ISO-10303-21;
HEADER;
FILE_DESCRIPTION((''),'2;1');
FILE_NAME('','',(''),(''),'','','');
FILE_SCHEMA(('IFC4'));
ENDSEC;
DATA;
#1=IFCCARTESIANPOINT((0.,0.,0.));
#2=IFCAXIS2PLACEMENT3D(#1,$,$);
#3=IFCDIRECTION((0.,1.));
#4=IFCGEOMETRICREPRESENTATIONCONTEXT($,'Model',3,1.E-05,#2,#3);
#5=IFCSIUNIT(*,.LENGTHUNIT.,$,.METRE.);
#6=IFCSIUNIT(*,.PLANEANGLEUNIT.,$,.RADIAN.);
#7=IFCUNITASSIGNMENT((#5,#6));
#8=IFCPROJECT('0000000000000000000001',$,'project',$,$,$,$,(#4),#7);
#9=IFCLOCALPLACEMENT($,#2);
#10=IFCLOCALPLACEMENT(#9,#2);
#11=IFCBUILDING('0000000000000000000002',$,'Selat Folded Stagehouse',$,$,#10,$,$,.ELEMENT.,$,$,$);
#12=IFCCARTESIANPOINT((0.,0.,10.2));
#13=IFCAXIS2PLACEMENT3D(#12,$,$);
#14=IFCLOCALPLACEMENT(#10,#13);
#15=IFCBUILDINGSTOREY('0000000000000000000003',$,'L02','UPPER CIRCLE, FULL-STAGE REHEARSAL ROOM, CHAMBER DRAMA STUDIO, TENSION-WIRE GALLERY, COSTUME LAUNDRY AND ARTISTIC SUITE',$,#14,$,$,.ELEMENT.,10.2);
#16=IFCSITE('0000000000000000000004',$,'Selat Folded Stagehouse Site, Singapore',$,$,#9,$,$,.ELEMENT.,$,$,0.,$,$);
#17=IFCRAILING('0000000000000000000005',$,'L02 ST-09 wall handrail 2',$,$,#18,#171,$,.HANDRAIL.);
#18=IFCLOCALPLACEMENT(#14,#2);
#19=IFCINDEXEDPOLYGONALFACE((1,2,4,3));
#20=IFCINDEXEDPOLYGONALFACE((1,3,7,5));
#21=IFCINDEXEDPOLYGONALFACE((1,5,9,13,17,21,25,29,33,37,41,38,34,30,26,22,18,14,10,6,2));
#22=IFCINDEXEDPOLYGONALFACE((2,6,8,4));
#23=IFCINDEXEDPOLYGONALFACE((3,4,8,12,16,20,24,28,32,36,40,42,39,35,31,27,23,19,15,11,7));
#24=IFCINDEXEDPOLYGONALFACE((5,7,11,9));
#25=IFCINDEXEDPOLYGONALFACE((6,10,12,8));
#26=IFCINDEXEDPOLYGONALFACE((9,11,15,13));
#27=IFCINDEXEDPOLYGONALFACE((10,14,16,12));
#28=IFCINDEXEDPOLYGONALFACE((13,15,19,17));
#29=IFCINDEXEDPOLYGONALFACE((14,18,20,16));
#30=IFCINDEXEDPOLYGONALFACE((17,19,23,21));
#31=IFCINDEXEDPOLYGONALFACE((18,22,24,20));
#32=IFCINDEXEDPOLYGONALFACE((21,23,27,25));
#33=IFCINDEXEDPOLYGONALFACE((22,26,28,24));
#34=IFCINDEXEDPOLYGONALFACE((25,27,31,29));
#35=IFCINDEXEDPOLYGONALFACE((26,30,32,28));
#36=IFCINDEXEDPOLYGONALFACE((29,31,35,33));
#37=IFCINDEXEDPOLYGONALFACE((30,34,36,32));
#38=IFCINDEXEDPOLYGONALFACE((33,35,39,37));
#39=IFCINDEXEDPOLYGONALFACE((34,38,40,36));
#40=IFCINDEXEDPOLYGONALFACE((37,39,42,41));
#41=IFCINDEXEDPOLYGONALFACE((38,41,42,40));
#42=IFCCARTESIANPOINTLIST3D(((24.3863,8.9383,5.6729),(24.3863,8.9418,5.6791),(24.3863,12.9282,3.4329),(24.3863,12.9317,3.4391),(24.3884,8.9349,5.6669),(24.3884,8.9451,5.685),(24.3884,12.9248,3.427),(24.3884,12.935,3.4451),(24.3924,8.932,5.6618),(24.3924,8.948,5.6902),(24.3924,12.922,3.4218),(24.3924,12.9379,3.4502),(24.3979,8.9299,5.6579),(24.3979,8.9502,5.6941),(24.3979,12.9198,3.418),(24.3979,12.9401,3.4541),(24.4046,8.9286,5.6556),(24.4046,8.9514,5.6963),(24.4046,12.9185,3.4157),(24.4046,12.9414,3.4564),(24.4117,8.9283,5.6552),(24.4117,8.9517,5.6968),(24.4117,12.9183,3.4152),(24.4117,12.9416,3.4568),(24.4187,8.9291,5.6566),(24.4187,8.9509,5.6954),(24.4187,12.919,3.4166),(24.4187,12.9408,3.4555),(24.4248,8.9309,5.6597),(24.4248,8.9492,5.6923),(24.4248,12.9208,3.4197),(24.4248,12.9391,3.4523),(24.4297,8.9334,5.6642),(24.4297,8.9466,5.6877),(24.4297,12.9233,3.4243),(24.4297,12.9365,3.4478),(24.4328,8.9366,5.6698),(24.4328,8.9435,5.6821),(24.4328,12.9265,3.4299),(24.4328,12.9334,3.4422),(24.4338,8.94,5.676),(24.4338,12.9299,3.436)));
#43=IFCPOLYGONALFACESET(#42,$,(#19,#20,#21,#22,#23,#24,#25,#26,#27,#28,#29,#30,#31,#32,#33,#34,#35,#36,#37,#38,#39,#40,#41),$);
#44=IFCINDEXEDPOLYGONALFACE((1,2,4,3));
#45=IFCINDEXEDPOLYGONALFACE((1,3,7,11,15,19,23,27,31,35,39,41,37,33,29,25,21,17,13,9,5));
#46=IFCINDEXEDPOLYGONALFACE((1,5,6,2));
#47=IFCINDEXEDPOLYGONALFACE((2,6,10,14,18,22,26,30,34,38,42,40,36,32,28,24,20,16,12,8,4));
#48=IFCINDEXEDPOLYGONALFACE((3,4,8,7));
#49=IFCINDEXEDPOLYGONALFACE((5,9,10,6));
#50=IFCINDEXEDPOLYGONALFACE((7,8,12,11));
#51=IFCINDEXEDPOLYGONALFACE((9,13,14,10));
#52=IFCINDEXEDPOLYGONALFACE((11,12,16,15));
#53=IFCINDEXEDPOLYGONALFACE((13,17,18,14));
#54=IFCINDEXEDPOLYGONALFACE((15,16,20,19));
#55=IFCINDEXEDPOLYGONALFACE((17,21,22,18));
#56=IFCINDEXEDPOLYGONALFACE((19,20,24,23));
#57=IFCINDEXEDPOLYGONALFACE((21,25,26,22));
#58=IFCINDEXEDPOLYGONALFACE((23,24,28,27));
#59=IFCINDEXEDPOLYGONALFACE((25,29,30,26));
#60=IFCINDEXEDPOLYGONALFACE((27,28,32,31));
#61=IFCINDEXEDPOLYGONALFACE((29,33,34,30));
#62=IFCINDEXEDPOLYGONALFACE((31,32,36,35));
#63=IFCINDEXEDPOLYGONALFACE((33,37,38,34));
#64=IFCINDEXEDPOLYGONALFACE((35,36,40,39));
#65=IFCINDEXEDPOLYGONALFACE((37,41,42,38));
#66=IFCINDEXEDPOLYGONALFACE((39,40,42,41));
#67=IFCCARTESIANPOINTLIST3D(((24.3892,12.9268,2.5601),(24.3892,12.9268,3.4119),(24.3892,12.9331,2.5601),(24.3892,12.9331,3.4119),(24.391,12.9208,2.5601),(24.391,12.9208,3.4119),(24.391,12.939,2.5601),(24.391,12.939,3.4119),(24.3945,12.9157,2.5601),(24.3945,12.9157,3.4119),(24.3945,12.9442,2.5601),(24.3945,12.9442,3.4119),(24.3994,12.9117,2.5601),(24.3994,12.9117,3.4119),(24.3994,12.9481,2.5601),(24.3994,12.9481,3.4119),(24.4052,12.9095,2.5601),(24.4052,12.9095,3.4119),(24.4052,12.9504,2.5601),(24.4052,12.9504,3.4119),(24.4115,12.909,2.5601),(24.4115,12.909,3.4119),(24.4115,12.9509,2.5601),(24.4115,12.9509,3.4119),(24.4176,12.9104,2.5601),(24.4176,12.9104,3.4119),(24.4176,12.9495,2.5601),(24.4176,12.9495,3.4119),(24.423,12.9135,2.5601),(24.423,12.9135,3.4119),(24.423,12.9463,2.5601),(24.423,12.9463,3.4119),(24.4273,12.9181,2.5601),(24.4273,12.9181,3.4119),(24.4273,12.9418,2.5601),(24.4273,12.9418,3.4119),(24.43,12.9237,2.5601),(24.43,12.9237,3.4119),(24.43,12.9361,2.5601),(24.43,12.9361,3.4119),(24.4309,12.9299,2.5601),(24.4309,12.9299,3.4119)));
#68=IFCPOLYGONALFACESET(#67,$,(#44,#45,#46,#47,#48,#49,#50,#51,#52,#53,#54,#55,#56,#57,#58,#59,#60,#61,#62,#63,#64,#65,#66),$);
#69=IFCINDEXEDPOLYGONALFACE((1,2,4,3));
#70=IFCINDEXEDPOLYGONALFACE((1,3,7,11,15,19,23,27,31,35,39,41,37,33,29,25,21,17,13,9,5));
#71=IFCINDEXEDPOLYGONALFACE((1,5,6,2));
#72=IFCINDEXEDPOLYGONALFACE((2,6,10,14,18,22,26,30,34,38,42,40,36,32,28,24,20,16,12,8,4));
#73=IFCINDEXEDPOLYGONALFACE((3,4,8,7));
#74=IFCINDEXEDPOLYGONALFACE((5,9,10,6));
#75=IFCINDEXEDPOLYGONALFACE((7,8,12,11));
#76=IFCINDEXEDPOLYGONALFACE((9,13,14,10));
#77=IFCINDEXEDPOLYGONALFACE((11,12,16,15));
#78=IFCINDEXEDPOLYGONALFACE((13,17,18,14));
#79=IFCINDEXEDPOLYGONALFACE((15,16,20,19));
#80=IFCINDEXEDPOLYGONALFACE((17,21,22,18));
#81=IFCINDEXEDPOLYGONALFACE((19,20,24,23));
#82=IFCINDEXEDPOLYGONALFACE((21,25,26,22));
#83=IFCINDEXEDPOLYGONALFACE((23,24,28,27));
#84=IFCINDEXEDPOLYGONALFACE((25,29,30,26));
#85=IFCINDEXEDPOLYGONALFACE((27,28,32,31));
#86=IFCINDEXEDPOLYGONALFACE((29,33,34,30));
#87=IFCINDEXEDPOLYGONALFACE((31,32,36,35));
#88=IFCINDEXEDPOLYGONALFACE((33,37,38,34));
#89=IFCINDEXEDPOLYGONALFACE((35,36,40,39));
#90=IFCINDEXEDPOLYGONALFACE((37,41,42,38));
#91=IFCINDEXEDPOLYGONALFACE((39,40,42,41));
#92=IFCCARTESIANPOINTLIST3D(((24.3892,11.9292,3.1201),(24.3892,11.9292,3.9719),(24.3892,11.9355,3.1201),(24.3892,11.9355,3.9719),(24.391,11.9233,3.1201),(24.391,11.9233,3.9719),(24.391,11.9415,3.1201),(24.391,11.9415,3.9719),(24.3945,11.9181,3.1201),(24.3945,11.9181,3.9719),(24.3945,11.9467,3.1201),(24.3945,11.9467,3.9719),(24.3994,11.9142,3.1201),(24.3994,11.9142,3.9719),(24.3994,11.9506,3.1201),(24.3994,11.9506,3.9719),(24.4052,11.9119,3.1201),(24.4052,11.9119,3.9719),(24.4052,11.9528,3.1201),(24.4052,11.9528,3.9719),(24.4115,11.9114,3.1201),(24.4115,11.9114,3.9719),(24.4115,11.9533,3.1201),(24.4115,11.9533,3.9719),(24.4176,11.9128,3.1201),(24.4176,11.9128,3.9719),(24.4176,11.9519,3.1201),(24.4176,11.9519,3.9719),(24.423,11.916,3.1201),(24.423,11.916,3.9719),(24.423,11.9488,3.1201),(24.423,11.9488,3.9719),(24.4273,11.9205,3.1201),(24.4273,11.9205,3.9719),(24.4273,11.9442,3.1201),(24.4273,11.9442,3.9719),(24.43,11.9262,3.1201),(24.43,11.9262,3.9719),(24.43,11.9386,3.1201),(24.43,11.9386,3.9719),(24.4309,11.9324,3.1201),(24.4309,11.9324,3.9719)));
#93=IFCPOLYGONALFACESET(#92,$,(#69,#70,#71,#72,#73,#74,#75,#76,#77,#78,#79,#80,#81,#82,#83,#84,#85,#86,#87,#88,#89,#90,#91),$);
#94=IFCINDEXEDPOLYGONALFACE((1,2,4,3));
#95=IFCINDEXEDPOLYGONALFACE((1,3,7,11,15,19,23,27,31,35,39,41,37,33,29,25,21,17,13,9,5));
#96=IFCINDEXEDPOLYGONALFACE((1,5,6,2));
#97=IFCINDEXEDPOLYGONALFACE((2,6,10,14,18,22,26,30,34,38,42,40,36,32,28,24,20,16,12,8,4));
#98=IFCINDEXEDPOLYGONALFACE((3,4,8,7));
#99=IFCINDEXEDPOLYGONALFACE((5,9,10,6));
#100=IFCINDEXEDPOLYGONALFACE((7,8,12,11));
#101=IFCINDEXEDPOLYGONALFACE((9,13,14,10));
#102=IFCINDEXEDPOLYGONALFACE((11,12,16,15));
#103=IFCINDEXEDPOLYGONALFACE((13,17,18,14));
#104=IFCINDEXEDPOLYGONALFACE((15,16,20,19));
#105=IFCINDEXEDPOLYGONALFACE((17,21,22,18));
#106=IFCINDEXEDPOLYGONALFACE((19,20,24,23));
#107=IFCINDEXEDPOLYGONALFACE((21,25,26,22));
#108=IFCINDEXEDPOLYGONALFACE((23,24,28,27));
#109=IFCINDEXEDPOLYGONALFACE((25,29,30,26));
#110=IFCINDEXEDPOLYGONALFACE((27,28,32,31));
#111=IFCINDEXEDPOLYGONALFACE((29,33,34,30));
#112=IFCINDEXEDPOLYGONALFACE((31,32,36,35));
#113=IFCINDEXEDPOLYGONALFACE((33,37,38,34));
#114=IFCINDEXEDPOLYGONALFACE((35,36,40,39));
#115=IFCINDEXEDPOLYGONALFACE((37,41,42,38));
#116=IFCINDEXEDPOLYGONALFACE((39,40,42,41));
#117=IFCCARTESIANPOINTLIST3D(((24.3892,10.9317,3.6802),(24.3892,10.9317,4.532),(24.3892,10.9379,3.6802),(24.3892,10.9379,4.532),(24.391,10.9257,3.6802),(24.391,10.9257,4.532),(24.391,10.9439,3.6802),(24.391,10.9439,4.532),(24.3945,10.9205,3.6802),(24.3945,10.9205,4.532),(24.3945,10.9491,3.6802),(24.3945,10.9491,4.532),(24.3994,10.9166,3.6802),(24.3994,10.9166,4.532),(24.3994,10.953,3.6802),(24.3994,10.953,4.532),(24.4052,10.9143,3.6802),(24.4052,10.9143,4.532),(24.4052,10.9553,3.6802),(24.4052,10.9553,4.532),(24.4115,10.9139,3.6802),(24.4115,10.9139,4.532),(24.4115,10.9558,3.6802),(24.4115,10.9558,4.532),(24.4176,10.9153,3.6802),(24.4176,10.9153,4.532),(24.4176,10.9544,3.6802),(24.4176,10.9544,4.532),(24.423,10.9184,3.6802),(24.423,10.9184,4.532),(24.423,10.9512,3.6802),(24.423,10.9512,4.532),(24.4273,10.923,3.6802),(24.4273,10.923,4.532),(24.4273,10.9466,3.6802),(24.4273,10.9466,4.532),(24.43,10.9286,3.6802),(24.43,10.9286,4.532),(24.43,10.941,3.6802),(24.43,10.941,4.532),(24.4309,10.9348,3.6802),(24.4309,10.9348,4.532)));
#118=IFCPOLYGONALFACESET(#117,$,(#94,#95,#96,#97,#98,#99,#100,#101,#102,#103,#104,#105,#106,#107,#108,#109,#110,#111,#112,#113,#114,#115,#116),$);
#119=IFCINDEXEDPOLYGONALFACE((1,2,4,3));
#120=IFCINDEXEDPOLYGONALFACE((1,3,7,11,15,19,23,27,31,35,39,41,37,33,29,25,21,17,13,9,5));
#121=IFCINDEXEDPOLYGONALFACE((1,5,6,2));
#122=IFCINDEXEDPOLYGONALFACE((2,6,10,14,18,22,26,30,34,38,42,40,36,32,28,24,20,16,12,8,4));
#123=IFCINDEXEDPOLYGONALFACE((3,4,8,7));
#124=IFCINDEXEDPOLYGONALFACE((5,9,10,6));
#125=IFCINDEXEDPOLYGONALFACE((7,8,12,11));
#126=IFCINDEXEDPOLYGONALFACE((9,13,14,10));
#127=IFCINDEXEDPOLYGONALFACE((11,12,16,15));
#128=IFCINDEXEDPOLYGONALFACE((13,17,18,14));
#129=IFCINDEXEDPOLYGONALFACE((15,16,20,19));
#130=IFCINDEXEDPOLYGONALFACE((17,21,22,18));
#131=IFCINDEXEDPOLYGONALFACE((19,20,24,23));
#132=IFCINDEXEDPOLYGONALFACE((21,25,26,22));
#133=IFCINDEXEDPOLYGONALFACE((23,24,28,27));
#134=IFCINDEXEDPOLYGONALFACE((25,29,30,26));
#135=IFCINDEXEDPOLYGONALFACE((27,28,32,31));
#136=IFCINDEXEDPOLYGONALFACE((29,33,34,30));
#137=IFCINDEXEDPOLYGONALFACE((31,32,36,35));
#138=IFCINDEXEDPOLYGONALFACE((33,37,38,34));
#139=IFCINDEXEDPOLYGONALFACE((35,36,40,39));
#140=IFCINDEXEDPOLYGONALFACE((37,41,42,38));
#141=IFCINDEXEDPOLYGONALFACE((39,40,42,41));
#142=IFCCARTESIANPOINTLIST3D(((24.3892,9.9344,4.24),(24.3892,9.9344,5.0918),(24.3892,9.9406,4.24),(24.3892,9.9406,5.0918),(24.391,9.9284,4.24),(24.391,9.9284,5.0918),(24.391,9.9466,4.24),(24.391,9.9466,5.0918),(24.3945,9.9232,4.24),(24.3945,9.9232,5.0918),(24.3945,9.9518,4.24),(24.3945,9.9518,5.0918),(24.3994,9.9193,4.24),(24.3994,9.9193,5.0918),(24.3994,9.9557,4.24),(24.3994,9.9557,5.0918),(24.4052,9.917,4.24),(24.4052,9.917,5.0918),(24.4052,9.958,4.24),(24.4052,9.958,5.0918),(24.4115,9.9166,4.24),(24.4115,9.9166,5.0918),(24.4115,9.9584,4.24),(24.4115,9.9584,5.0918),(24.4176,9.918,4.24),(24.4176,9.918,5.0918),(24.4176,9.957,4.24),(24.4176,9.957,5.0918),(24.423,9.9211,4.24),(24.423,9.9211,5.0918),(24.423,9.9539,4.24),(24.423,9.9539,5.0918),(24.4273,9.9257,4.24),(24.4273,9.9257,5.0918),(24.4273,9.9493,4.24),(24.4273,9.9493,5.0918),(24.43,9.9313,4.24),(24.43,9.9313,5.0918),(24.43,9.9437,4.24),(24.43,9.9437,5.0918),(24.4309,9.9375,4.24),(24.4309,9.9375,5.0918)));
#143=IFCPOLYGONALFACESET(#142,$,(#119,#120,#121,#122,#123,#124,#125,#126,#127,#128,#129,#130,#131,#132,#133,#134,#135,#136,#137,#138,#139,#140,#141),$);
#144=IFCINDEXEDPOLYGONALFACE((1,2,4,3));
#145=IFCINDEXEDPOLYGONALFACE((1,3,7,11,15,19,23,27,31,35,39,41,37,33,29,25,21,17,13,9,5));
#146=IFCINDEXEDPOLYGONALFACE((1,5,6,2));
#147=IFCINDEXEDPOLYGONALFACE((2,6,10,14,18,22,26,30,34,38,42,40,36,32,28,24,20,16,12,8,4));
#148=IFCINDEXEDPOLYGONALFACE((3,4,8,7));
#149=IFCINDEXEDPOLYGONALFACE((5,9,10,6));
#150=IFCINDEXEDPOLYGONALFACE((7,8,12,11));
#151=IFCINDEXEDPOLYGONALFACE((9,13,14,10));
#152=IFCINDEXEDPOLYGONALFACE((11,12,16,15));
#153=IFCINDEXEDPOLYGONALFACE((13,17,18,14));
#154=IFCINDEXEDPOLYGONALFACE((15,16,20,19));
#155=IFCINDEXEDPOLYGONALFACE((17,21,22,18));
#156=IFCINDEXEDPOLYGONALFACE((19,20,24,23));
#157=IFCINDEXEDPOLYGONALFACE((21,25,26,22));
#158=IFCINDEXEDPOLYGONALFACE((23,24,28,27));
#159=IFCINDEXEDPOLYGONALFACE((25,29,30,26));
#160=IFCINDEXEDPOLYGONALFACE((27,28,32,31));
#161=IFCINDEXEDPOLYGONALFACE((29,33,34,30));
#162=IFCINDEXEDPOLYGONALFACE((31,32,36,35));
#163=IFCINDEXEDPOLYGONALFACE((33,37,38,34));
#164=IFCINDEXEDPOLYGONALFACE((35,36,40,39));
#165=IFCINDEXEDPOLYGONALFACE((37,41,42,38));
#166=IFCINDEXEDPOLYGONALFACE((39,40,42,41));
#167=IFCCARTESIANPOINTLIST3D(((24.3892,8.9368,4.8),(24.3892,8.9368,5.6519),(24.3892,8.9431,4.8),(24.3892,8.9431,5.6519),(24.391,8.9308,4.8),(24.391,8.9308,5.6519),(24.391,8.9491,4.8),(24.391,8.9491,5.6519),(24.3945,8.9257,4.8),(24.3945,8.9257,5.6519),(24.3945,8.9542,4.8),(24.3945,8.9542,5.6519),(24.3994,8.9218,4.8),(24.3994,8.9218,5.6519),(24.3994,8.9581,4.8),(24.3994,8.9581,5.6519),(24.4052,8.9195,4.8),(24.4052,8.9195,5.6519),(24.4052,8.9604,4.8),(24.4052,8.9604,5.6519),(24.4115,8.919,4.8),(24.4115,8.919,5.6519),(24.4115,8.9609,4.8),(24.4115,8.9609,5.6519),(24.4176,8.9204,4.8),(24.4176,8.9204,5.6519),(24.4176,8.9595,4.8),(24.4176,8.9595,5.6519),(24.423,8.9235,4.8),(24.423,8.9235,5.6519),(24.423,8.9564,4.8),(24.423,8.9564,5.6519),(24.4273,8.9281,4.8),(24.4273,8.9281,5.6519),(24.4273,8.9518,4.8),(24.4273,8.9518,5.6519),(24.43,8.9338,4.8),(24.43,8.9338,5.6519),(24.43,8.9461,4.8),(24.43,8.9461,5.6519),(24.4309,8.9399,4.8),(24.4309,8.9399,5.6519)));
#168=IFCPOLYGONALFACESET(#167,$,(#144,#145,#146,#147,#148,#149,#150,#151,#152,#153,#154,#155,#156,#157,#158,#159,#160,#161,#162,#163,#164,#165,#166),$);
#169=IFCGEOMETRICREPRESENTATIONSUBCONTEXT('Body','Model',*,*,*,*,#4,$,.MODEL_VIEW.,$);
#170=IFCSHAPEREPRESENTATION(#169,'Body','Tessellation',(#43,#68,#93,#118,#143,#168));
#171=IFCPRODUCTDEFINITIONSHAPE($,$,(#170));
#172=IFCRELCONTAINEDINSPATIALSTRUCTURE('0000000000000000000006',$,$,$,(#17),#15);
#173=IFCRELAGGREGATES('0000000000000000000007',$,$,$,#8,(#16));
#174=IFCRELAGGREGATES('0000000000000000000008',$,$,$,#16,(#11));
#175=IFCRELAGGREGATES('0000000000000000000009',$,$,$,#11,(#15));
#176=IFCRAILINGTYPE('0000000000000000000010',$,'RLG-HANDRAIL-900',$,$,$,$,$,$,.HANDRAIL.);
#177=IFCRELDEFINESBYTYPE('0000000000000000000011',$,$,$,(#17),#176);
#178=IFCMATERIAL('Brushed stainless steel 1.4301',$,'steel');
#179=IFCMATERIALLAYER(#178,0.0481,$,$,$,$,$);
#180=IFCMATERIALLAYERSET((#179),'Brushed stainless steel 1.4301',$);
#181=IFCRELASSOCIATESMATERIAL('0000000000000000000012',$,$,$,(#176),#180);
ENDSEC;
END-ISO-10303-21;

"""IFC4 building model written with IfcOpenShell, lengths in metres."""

from ifc_helpers import new_model, si_unit, direction, frame, origin, origin_2d, place, context, subcontext, project, spatial, circle, extrude, material, layer, layer_set, type_object, element, save


model = new_model("IFC4")

# Units and contexts
model_context = context("Model", 3, precision=1e-05, world=origin(), true_north=direction((0.0, 1.0)))
body_context = subcontext(model_context, "Body", "Model", "MODEL_VIEW")
ifc_project = project(units=[si_unit("LENGTHUNIT", "METRE"), si_unit("PLANEANGLEUNIT", "RADIAN")], contexts=[model_context])

# Site, building, storey
site_placement = place(None, origin())
site = spatial("IfcSite", under=ifc_project, at=site_placement, Name="Selat Folded Stagehouse Site, Singapore", CompositionType="ELEMENT", RefElevation=0.0)
building_placement = place(site_placement, origin())
building = spatial("IfcBuilding", under=site, at=building_placement, Name="Selat Folded Stagehouse", CompositionType="ELEMENT")
storey_placement = place(building_placement, frame((0.0, 0.0, 10.2)))
storey = spatial("IfcBuildingStorey", under=building, at=storey_placement, Name="L02", Description="UPPER CIRCLE, FULL-STAGE REHEARSAL ROOM, CHAMBER DRAMA STUDIO, TENSION-WIRE GALLERY, COSTUME LAUNDRY AND ARTISTIC SUITE", CompositionType="ELEMENT", Elevation=10.2)

# Railing
ifc_material_1 = material(Name="Brushed stainless steel 1.4301", Category="steel")
ifc_layer_1 = layer(ifc_material_1, 0.0481)
ifc_layer_set_1 = layer_set([ifc_layer_1], Name="Brushed stainless steel 1.4301")
railing_type_1 = type_object("IfcRailingType", Name="RLG-HANDRAIL-900", PredefinedType="HANDRAIL", material=ifc_layer_set_1)
railing_1_placement = place(storey_placement, frame((24.4099, 12.9299, 2.5601)))
element("IfcRailing", 1, at=railing_1_placement, inside=storey, type_object=railing_type_1, Name="L02 ST-09 wall handrail 2", PredefinedType="HANDRAIL", context=body_context, shape_type="SweptSolid", body=[
    extrude(circle(Radius=0.0239, at=origin_2d()), frame((0.0, 0.0, 0.876), z_axis=(0.0, -0.871984, 0.489534), x_axis=(1.0, 0.0, 0.0)), (0.0, 0.0, 1.0), 4.5757),
    extrude(circle(Radius=0.021, at=origin_2d()), origin(), (0.0, 0.0, 1.0), 0.8518),
    extrude(circle(Radius=0.021, at=origin_2d()), frame((0.0, -0.9976, 0.5601)), (0.0, 0.0, 1.0), 0.8518),
    extrude(circle(Radius=0.021, at=origin_2d()), frame((0.0, -1.9951, 1.1201)), (0.0, 0.0, 1.0), 0.8518),
    extrude(circle(Radius=0.021, at=origin_2d()), frame((0.0, -2.9924, 1.6799)), (0.0, 0.0, 1.0), 0.8518),
    extrude(circle(Radius=0.021, at=origin_2d()), frame((0.0, -3.99, 2.24)), (0.0, 0.0, 1.0), 0.8518),
])

save(model, "model.ifc")
